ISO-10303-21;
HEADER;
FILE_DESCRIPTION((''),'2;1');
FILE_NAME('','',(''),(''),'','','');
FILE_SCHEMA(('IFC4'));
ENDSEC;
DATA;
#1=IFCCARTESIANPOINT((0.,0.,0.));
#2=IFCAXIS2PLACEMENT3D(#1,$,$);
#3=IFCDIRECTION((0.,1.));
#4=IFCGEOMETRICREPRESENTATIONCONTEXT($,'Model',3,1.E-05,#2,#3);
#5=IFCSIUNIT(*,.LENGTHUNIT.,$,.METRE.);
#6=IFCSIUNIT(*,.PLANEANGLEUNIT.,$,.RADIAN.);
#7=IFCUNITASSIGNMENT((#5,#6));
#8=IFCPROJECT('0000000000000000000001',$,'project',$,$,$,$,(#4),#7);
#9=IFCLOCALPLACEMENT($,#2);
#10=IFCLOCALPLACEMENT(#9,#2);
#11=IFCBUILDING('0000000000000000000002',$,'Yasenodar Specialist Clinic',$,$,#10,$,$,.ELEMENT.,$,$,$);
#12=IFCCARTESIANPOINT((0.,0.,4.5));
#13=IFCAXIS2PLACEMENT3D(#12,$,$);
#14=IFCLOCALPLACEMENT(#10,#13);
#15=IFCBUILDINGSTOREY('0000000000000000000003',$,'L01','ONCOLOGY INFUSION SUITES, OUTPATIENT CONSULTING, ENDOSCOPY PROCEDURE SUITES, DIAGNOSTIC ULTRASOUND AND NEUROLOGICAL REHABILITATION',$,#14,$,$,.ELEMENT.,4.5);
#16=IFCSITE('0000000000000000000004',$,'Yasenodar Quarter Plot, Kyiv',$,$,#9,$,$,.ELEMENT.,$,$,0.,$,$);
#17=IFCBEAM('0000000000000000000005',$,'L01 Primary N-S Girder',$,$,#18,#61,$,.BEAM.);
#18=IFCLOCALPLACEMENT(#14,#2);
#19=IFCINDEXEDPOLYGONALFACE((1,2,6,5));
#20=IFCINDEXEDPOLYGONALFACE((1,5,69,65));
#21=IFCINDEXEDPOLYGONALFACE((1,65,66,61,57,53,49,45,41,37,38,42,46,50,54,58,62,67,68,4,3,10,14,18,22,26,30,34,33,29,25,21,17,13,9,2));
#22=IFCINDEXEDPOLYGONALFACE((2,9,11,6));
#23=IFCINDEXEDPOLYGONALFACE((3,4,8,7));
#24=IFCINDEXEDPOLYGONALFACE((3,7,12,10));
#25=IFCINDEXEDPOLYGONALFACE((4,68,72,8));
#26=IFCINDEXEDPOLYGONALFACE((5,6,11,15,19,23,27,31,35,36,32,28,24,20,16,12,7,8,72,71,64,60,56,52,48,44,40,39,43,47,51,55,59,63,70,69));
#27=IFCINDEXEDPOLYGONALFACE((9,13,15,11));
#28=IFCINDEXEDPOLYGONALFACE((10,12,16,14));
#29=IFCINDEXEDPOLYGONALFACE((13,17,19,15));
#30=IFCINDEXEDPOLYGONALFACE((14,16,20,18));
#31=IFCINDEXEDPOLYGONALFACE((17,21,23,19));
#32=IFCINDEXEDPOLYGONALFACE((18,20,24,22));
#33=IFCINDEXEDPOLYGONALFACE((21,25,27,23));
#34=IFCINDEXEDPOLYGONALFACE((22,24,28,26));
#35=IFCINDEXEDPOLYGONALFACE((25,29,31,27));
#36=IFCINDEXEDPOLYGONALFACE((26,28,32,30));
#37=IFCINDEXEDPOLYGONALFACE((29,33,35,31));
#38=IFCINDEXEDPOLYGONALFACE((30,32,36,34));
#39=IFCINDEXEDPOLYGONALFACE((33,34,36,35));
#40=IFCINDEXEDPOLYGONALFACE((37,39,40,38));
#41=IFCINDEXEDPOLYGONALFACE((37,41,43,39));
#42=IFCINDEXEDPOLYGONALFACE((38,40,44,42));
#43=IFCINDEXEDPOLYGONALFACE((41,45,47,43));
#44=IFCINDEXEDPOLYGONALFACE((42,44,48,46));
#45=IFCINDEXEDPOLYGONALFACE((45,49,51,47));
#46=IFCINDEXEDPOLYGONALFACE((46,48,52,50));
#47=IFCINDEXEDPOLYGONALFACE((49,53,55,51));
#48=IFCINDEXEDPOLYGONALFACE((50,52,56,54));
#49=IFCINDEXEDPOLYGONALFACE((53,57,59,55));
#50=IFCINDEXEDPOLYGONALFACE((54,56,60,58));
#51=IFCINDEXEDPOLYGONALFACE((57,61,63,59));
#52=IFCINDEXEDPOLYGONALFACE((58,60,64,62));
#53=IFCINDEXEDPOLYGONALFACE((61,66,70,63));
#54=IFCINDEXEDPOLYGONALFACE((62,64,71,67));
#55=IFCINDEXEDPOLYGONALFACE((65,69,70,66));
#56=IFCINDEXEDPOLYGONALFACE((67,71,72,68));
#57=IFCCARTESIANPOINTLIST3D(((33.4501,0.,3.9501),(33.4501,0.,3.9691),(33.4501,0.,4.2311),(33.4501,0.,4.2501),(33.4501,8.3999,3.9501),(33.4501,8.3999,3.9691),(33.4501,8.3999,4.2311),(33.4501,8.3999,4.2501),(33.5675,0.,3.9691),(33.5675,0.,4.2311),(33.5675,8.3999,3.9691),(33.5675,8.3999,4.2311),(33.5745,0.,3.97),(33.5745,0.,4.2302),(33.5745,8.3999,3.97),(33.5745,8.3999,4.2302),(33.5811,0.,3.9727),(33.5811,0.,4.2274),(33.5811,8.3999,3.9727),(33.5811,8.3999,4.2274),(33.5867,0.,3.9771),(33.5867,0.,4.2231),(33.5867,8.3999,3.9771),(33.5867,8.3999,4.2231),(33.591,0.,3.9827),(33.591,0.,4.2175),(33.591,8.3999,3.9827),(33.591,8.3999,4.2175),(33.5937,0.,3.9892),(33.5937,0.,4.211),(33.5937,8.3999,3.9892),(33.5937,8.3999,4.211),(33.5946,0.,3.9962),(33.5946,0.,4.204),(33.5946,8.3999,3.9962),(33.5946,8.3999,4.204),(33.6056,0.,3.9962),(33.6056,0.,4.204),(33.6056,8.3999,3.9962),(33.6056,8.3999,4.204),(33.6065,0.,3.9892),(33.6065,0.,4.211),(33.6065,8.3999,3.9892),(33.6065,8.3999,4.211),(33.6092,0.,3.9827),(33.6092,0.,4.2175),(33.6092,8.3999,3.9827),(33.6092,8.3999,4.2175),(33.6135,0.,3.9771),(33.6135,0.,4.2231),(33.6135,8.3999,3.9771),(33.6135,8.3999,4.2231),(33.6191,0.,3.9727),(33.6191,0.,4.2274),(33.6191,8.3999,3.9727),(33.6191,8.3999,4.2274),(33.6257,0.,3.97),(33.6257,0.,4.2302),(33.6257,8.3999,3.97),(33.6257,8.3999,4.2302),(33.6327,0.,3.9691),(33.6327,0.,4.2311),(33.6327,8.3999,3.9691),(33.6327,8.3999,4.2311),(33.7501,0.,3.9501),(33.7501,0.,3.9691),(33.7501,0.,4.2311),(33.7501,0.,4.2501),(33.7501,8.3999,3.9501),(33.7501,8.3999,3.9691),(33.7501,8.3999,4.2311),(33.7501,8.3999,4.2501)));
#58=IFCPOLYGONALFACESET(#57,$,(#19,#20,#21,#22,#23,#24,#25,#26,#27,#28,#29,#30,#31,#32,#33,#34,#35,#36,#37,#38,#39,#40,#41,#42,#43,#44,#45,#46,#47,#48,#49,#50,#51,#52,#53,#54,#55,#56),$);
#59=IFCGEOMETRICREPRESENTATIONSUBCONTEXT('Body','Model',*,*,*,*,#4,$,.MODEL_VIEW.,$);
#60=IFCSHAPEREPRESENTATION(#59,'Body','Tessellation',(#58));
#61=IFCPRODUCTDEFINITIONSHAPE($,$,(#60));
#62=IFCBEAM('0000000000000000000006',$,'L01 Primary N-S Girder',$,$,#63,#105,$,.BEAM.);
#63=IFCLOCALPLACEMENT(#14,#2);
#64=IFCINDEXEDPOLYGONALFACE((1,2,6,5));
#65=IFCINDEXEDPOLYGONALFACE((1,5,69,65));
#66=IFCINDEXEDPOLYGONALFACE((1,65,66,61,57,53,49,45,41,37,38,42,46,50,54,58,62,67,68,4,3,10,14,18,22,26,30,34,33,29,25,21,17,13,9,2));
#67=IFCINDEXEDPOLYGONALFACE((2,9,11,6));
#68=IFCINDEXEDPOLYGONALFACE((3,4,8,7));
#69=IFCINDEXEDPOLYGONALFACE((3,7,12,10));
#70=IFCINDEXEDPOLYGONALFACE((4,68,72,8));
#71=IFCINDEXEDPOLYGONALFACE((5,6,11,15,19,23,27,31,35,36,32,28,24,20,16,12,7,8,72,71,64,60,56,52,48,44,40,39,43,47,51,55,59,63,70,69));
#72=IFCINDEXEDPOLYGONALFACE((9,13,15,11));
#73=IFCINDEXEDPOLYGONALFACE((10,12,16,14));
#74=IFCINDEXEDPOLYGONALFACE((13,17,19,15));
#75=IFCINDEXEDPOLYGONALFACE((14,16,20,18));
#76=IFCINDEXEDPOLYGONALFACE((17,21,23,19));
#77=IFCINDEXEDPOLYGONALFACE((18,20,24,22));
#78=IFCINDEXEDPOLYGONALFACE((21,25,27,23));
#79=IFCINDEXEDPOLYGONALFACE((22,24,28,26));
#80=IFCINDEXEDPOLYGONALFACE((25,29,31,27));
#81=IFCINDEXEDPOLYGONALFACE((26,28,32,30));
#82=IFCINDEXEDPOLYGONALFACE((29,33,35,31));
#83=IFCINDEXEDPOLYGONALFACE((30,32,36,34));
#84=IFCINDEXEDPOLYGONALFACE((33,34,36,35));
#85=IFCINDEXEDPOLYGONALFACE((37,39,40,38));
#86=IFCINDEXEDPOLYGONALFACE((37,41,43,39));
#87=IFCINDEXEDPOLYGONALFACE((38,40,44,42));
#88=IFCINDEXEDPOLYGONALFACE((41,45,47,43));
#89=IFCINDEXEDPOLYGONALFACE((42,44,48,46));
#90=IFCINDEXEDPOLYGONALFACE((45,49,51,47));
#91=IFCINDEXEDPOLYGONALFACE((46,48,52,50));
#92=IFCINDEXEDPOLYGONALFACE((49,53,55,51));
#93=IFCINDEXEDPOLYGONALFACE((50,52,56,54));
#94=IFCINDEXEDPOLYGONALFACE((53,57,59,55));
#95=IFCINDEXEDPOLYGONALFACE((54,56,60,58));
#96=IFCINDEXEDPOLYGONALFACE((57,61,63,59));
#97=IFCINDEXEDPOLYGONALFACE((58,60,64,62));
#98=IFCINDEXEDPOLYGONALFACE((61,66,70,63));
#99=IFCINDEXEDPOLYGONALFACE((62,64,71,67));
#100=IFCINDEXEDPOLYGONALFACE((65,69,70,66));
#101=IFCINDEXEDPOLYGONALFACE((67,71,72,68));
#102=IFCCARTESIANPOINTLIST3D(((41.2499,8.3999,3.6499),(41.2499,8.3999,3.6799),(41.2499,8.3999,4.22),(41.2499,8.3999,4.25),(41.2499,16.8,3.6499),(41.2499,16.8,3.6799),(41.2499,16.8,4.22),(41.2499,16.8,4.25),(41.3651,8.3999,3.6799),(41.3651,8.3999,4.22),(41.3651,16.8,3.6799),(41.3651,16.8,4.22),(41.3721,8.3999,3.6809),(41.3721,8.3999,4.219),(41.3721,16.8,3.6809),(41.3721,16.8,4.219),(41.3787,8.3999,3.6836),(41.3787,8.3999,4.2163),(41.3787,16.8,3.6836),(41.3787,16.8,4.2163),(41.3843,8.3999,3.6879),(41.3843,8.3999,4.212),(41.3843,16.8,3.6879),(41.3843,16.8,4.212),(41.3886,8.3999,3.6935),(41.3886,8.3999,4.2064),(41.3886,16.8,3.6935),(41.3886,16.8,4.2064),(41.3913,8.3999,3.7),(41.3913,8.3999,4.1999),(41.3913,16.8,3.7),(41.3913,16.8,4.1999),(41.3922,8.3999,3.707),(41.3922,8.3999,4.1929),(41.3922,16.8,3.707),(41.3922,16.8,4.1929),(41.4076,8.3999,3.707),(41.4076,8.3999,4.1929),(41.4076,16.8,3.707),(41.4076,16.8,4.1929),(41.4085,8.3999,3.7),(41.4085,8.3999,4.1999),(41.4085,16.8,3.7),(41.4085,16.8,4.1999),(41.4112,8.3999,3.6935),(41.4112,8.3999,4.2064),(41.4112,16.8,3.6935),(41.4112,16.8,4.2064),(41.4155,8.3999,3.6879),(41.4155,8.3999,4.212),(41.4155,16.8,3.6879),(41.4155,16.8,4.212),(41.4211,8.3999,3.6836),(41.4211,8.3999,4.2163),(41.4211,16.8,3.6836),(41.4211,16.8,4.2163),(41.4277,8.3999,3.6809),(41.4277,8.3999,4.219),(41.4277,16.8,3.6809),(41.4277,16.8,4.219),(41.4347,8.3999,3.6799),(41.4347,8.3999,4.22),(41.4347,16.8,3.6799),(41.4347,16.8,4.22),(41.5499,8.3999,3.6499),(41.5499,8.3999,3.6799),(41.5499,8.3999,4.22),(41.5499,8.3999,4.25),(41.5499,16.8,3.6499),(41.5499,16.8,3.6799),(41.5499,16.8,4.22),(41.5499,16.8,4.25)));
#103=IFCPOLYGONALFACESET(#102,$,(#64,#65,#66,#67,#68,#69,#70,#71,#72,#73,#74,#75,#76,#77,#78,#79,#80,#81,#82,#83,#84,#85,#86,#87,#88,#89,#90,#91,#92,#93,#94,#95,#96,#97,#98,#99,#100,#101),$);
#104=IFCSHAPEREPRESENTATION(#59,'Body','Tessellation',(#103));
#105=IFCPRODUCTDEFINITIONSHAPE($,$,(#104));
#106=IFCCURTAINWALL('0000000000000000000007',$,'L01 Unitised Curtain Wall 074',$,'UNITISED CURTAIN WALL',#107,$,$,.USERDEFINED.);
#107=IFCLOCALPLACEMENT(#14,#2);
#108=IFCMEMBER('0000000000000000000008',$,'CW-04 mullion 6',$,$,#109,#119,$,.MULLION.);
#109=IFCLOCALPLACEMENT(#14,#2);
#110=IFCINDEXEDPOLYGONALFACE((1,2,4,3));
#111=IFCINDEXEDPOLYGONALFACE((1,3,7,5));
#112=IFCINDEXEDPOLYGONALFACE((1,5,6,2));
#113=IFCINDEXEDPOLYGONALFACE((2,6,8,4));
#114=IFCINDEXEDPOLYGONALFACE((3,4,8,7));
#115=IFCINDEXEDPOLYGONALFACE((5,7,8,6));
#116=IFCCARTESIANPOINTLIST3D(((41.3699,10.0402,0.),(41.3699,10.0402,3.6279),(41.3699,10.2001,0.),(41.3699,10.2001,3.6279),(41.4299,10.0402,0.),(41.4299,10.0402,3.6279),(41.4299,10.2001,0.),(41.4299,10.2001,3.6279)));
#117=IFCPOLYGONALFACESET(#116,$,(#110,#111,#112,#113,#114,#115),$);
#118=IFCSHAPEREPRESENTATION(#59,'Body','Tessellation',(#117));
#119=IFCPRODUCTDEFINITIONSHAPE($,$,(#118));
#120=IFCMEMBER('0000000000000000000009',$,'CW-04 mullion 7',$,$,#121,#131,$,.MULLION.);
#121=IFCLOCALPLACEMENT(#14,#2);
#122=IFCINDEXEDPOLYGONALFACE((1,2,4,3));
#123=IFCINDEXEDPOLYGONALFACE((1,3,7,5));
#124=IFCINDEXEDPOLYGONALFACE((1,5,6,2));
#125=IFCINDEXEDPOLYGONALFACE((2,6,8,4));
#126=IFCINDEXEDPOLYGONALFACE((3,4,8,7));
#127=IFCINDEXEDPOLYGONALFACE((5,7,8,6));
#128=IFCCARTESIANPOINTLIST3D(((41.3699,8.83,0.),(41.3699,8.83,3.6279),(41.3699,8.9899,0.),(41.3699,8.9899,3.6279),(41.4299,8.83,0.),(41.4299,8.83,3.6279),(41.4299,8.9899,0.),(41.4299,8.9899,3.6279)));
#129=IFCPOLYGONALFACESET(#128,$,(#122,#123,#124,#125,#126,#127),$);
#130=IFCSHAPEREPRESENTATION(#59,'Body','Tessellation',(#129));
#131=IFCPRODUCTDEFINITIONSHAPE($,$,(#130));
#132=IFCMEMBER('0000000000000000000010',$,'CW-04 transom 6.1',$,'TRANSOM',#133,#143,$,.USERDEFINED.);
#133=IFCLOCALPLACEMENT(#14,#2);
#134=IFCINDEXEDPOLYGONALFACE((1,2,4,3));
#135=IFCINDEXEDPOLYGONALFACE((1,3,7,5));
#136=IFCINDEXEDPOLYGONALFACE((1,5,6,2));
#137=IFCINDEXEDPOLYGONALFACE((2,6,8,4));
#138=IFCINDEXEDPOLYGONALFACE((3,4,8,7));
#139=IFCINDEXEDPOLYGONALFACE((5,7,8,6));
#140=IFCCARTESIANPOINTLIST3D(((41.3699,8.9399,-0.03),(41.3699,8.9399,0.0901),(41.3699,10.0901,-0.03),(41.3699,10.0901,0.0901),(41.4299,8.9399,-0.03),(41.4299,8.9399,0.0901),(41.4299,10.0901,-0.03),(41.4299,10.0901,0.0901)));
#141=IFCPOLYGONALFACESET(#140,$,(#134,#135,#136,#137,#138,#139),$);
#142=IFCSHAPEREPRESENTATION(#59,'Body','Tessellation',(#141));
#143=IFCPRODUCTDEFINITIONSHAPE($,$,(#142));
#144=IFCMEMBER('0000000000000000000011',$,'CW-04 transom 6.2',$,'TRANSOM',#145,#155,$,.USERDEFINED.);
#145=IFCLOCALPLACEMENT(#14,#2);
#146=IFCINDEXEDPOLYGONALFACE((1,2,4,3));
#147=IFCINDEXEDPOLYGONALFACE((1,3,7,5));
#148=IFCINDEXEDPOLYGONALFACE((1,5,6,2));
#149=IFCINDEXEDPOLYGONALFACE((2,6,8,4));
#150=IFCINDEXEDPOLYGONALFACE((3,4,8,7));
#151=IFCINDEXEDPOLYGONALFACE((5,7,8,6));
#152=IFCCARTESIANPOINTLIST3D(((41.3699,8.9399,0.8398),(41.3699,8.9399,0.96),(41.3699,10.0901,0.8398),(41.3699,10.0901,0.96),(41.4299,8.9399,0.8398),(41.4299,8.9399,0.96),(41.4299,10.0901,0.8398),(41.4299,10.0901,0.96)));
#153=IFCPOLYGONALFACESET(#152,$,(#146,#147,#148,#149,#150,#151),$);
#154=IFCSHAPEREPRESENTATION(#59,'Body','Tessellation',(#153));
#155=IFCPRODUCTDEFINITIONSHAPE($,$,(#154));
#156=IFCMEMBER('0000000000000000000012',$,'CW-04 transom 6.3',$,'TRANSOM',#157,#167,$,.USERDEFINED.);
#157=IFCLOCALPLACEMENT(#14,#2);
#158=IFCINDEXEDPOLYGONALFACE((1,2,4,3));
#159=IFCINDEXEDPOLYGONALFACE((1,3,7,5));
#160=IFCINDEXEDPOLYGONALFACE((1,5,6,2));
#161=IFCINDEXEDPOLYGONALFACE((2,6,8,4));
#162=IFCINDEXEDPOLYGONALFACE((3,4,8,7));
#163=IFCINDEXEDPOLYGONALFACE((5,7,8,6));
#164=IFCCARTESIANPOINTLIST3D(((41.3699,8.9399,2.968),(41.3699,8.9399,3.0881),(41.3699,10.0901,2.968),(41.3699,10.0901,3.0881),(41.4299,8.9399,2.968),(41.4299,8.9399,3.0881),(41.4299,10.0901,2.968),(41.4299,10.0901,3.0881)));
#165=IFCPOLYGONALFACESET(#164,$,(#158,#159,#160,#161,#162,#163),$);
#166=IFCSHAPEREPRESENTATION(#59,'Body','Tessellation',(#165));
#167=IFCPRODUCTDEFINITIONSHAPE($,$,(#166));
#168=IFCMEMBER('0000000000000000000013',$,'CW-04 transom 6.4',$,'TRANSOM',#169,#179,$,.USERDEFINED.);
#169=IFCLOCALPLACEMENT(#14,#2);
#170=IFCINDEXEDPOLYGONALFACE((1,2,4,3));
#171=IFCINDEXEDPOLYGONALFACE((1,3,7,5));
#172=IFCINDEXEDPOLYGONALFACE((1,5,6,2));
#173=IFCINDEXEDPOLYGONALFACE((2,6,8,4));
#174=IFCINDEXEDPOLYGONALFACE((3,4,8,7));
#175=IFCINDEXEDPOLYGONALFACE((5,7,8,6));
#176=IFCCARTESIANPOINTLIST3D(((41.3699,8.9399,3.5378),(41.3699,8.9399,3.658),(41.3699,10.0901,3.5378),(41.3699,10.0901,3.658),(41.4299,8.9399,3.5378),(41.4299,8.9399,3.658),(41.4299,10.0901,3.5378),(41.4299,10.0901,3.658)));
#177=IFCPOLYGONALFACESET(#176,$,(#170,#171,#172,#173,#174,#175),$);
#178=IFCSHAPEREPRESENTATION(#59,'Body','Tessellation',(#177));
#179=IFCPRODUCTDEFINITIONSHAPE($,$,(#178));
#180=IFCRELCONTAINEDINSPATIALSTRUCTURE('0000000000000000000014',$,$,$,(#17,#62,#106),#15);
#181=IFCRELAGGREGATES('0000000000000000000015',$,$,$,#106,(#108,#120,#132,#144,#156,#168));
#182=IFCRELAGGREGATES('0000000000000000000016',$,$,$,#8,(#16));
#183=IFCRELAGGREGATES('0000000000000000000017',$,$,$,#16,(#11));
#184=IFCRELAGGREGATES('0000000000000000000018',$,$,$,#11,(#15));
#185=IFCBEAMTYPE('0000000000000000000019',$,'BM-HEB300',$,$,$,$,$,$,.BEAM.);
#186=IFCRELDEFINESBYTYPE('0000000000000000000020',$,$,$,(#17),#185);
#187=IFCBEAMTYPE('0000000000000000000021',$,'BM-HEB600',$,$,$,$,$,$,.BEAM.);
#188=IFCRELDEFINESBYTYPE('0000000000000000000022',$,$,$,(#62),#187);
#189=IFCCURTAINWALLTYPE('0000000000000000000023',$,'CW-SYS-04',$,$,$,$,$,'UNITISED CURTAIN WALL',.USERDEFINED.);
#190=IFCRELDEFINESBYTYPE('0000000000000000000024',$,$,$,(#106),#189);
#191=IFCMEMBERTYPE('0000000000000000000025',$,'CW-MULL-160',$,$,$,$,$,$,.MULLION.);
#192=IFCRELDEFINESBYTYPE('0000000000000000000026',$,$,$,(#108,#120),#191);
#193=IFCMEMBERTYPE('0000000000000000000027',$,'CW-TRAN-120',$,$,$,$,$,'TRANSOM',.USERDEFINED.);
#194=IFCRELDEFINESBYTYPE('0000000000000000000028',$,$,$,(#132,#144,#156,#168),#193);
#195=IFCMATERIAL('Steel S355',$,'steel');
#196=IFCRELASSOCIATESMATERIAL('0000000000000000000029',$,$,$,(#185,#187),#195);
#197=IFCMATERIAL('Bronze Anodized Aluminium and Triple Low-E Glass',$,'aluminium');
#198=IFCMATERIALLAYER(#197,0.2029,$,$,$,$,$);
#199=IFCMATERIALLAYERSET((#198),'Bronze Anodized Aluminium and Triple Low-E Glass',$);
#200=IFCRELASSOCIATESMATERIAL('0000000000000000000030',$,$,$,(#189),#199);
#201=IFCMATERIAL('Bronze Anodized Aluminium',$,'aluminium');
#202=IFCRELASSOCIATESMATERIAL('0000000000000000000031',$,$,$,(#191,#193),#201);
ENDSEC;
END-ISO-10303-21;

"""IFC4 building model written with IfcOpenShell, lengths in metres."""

from ifc_helpers import new_model, si_unit, direction, frame, origin, origin_2d, place, context, subcontext, project, spatial, rectangle, i_section, extrude, material, layer, layer_set, material_profile, profile_set, type_object, element, aggregate, save


model = new_model("IFC4")

# Units and contexts
model_context = context("Model", 3, precision=1e-05, world=origin(), true_north=direction((0.0, 1.0)))
body_context = subcontext(model_context, "Body", "Model", "MODEL_VIEW")
ifc_project = project(units=[si_unit("LENGTHUNIT", "METRE"), si_unit("PLANEANGLEUNIT", "RADIAN")], contexts=[model_context])

# Site, building, storey
site_placement = place(None, origin())
site = spatial("IfcSite", under=ifc_project, at=site_placement, Name="Yasenodar Quarter Plot, Kyiv", CompositionType="ELEMENT", RefElevation=0.0)
building_placement = place(site_placement, origin())
building = spatial("IfcBuilding", under=site, at=building_placement, Name="Yasenodar Specialist Clinic", CompositionType="ELEMENT")
storey_placement = place(building_placement, frame((0.0, 0.0, 4.5)))
storey = spatial("IfcBuildingStorey", under=building, at=storey_placement, Name="L01", Description="ONCOLOGY INFUSION SUITES, OUTPATIENT CONSULTING, ENDOSCOPY PROCEDURE SUITES, DIAGNOSTIC ULTRASOUND AND NEUROLOGICAL REHABILITATION", CompositionType="ELEMENT", Elevation=4.5)

# Beams
ifc_material_1 = material(Name="Steel S355", Category="steel")
ifc_material_profile_1 = material_profile(ifc_material_1, i_section(OverallWidth=0.3, OverallDepth=0.3, WebThickness=0.011, FlangeThickness=0.019, FilletRadius=0.0271, at=origin_2d()), Name="HEB 300")
ifc_profile_set_1 = profile_set([ifc_material_profile_1], Name="Steel S355")
beam_type_1 = type_object("IfcBeamType", Name="BM-HEB300", PredefinedType="BEAM", material=ifc_profile_set_1)
beam_1_placement = place(storey_placement, frame((33.6001, 0.0, 4.1001), z_axis=(0.0, 1.0, 0.0), x_axis=(-1.0, 0.0, 0.0)))
element("IfcBeam", 1, at=beam_1_placement, inside=storey, type_object=beam_type_1, Name="L01 Primary N-S Girder", PredefinedType="BEAM", context=body_context, shape_type="SweptSolid", body=[
    extrude(i_section(OverallWidth=0.3, OverallDepth=0.3, WebThickness=0.011, FlangeThickness=0.019, FilletRadius=0.0271, at=origin_2d()), origin(), (0.0, 0.0, 1.0), 8.3999),
])
ifc_material_profile_2 = material_profile(ifc_material_1, i_section(OverallWidth=0.3, OverallDepth=0.6001, WebThickness=0.0154, FlangeThickness=0.03, FilletRadius=0.0271, at=origin_2d()), Name="HEB 600")
ifc_profile_set_2 = profile_set([ifc_material_profile_2], Name="Steel S355")
beam_type_2 = type_object("IfcBeamType", Name="BM-HEB600", PredefinedType="BEAM", material=ifc_profile_set_2)
beam_2_placement = place(storey_placement, frame((41.3999, 8.3999, 3.95), z_axis=(0.0, 1.0, 0.0), x_axis=(-1.0, 0.0, 0.0)))
element("IfcBeam", 2, at=beam_2_placement, inside=storey, type_object=beam_type_2, Name="L01 Primary N-S Girder", PredefinedType="BEAM", context=body_context, shape_type="SweptSolid", body=[
    extrude(i_section(OverallWidth=0.3, OverallDepth=0.6001, WebThickness=0.0154, FlangeThickness=0.03, FilletRadius=0.0271, at=origin_2d()), origin(), (0.0, 0.0, 1.0), 8.4001),
])

# Curtain wall, members
ifc_material_2 = material(Name="Bronze Anodized Aluminium and Triple Low-E Glass", Category="aluminium")
ifc_layer_1 = layer(ifc_material_2, 0.2029)
ifc_layer_set_1 = layer_set([ifc_layer_1], Name="Bronze Anodized Aluminium and Triple Low-E Glass")
curtain_wall_type = type_object("IfcCurtainWallType", Name="CW-SYS-04", ElementType="UNITISED CURTAIN WALL", PredefinedType="USERDEFINED", material=ifc_layer_set_1)
curtain_wall_placement = place(storey_placement, origin())
curtain_wall = element("IfcCurtainWall", 3, at=curtain_wall_placement, inside=storey, type_object=curtain_wall_type, Name="L01 Unitised Curtain Wall 074", ObjectType="UNITISED CURTAIN WALL", PredefinedType="USERDEFINED")
ifc_material_3 = material(Name="Bronze Anodized Aluminium", Category="aluminium")
ifc_material_profile_3 = material_profile(ifc_material_3, rectangle(XDim=0.0601, YDim=0.1599, at=origin_2d()), Name="CW-MULL 60x160")
ifc_profile_set_3 = profile_set([ifc_material_profile_3], Name="Bronze Anodized Aluminium")
member_type_1 = type_object("IfcMemberType", Name="CW-MULL-160", PredefinedType="MULLION", material=ifc_profile_set_3)
member_1_placement = place(storey_placement, frame((41.3999, 10.1201, 0.0), z_axis=(0.0, 0.0, 1.0), x_axis=(1.0, 0.0, 0.0)))
member_1 = element("IfcMember", 4, at=member_1_placement, type_object=member_type_1, Name="CW-04 mullion 6", PredefinedType="MULLION", context=body_context, shape_type="SweptSolid", body=[
    extrude(rectangle(XDim=0.0601, YDim=0.1599, at=origin_2d()), origin(), (0.0, 0.0, 1.0), 3.6279),
])
member_2_placement = place(storey_placement, frame((41.3999, 8.9099, 0.0), z_axis=(0.0, 0.0, 1.0), x_axis=(1.0, 0.0, 0.0)))
member_2 = element("IfcMember", 5, at=member_2_placement, type_object=member_type_1, Name="CW-04 mullion 7", PredefinedType="MULLION", context=body_context, shape_type="SweptSolid", body=[
    extrude(rectangle(XDim=0.0601, YDim=0.1599, at=origin_2d()), origin(), (0.0, 0.0, 1.0), 3.6279),
])
ifc_material_profile_4 = material_profile(ifc_material_3, rectangle(XDim=0.0601, YDim=0.1201, at=origin_2d()), Name="CW-TRAN 60x120")
ifc_profile_set_4 = profile_set([ifc_material_profile_4], Name="Bronze Anodized Aluminium")
member_type_2 = type_object("IfcMemberType", Name="CW-TRAN-120", ElementType="TRANSOM", PredefinedType="USERDEFINED", material=ifc_profile_set_4)
member_3_placement = place(storey_placement, frame((41.3999, 10.0901, 0.03), z_axis=(0.0, -1.0, 0.0), x_axis=(1.0, 0.0, 0.0)))
member_3 = element("IfcMember", 6, at=member_3_placement, type_object=member_type_2, Name="CW-04 transom 6.1", ObjectType="TRANSOM", PredefinedType="USERDEFINED", context=body_context, shape_type="SweptSolid", body=[
    extrude(rectangle(XDim=0.0601, YDim=0.1201, at=origin_2d()), origin(), (0.0, 0.0, 1.0), 1.1501),
])
member_4_placement = place(storey_placement, frame((41.3999, 10.0901, 0.8999), z_axis=(0.0, -1.0, 0.0), x_axis=(1.0, 0.0, 0.0)))
member_4 = element("IfcMember", 7, at=member_4_placement, type_object=member_type_2, Name="CW-04 transom 6.2", ObjectType="TRANSOM", PredefinedType="USERDEFINED", context=body_context, shape_type="SweptSolid", body=[
    extrude(rectangle(XDim=0.0601, YDim=0.1201, at=origin_2d()), origin(), (0.0, 0.0, 1.0), 1.1501),
])
member_5_placement = place(storey_placement, frame((41.3999, 10.0901, 3.0281), z_axis=(0.0, -1.0, 0.0), x_axis=(1.0, 0.0, 0.0)))
member_5 = element("IfcMember", 8, at=member_5_placement, type_object=member_type_2, Name="CW-04 transom 6.3", ObjectType="TRANSOM", PredefinedType="USERDEFINED", context=body_context, shape_type="SweptSolid", body=[
    extrude(rectangle(XDim=0.0601, YDim=0.1201, at=origin_2d()), origin(), (0.0, 0.0, 1.0), 1.1501),
])
member_6_placement = place(storey_placement, frame((41.3999, 10.0901, 3.5979), z_axis=(0.0, -1.0, 0.0), x_axis=(1.0, 0.0, 0.0)))
member_6 = element("IfcMember", 9, at=member_6_placement, type_object=member_type_2, Name="CW-04 transom 6.4", ObjectType="TRANSOM", PredefinedType="USERDEFINED", context=body_context, shape_type="SweptSolid", body=[
    extrude(rectangle(XDim=0.0601, YDim=0.1201, at=origin_2d()), origin(), (0.0, 0.0, 1.0), 1.1501),
])

aggregate(curtain_wall, [member_1, member_2, member_3, member_4, member_5, member_6])

save(model, "model.ifc")
